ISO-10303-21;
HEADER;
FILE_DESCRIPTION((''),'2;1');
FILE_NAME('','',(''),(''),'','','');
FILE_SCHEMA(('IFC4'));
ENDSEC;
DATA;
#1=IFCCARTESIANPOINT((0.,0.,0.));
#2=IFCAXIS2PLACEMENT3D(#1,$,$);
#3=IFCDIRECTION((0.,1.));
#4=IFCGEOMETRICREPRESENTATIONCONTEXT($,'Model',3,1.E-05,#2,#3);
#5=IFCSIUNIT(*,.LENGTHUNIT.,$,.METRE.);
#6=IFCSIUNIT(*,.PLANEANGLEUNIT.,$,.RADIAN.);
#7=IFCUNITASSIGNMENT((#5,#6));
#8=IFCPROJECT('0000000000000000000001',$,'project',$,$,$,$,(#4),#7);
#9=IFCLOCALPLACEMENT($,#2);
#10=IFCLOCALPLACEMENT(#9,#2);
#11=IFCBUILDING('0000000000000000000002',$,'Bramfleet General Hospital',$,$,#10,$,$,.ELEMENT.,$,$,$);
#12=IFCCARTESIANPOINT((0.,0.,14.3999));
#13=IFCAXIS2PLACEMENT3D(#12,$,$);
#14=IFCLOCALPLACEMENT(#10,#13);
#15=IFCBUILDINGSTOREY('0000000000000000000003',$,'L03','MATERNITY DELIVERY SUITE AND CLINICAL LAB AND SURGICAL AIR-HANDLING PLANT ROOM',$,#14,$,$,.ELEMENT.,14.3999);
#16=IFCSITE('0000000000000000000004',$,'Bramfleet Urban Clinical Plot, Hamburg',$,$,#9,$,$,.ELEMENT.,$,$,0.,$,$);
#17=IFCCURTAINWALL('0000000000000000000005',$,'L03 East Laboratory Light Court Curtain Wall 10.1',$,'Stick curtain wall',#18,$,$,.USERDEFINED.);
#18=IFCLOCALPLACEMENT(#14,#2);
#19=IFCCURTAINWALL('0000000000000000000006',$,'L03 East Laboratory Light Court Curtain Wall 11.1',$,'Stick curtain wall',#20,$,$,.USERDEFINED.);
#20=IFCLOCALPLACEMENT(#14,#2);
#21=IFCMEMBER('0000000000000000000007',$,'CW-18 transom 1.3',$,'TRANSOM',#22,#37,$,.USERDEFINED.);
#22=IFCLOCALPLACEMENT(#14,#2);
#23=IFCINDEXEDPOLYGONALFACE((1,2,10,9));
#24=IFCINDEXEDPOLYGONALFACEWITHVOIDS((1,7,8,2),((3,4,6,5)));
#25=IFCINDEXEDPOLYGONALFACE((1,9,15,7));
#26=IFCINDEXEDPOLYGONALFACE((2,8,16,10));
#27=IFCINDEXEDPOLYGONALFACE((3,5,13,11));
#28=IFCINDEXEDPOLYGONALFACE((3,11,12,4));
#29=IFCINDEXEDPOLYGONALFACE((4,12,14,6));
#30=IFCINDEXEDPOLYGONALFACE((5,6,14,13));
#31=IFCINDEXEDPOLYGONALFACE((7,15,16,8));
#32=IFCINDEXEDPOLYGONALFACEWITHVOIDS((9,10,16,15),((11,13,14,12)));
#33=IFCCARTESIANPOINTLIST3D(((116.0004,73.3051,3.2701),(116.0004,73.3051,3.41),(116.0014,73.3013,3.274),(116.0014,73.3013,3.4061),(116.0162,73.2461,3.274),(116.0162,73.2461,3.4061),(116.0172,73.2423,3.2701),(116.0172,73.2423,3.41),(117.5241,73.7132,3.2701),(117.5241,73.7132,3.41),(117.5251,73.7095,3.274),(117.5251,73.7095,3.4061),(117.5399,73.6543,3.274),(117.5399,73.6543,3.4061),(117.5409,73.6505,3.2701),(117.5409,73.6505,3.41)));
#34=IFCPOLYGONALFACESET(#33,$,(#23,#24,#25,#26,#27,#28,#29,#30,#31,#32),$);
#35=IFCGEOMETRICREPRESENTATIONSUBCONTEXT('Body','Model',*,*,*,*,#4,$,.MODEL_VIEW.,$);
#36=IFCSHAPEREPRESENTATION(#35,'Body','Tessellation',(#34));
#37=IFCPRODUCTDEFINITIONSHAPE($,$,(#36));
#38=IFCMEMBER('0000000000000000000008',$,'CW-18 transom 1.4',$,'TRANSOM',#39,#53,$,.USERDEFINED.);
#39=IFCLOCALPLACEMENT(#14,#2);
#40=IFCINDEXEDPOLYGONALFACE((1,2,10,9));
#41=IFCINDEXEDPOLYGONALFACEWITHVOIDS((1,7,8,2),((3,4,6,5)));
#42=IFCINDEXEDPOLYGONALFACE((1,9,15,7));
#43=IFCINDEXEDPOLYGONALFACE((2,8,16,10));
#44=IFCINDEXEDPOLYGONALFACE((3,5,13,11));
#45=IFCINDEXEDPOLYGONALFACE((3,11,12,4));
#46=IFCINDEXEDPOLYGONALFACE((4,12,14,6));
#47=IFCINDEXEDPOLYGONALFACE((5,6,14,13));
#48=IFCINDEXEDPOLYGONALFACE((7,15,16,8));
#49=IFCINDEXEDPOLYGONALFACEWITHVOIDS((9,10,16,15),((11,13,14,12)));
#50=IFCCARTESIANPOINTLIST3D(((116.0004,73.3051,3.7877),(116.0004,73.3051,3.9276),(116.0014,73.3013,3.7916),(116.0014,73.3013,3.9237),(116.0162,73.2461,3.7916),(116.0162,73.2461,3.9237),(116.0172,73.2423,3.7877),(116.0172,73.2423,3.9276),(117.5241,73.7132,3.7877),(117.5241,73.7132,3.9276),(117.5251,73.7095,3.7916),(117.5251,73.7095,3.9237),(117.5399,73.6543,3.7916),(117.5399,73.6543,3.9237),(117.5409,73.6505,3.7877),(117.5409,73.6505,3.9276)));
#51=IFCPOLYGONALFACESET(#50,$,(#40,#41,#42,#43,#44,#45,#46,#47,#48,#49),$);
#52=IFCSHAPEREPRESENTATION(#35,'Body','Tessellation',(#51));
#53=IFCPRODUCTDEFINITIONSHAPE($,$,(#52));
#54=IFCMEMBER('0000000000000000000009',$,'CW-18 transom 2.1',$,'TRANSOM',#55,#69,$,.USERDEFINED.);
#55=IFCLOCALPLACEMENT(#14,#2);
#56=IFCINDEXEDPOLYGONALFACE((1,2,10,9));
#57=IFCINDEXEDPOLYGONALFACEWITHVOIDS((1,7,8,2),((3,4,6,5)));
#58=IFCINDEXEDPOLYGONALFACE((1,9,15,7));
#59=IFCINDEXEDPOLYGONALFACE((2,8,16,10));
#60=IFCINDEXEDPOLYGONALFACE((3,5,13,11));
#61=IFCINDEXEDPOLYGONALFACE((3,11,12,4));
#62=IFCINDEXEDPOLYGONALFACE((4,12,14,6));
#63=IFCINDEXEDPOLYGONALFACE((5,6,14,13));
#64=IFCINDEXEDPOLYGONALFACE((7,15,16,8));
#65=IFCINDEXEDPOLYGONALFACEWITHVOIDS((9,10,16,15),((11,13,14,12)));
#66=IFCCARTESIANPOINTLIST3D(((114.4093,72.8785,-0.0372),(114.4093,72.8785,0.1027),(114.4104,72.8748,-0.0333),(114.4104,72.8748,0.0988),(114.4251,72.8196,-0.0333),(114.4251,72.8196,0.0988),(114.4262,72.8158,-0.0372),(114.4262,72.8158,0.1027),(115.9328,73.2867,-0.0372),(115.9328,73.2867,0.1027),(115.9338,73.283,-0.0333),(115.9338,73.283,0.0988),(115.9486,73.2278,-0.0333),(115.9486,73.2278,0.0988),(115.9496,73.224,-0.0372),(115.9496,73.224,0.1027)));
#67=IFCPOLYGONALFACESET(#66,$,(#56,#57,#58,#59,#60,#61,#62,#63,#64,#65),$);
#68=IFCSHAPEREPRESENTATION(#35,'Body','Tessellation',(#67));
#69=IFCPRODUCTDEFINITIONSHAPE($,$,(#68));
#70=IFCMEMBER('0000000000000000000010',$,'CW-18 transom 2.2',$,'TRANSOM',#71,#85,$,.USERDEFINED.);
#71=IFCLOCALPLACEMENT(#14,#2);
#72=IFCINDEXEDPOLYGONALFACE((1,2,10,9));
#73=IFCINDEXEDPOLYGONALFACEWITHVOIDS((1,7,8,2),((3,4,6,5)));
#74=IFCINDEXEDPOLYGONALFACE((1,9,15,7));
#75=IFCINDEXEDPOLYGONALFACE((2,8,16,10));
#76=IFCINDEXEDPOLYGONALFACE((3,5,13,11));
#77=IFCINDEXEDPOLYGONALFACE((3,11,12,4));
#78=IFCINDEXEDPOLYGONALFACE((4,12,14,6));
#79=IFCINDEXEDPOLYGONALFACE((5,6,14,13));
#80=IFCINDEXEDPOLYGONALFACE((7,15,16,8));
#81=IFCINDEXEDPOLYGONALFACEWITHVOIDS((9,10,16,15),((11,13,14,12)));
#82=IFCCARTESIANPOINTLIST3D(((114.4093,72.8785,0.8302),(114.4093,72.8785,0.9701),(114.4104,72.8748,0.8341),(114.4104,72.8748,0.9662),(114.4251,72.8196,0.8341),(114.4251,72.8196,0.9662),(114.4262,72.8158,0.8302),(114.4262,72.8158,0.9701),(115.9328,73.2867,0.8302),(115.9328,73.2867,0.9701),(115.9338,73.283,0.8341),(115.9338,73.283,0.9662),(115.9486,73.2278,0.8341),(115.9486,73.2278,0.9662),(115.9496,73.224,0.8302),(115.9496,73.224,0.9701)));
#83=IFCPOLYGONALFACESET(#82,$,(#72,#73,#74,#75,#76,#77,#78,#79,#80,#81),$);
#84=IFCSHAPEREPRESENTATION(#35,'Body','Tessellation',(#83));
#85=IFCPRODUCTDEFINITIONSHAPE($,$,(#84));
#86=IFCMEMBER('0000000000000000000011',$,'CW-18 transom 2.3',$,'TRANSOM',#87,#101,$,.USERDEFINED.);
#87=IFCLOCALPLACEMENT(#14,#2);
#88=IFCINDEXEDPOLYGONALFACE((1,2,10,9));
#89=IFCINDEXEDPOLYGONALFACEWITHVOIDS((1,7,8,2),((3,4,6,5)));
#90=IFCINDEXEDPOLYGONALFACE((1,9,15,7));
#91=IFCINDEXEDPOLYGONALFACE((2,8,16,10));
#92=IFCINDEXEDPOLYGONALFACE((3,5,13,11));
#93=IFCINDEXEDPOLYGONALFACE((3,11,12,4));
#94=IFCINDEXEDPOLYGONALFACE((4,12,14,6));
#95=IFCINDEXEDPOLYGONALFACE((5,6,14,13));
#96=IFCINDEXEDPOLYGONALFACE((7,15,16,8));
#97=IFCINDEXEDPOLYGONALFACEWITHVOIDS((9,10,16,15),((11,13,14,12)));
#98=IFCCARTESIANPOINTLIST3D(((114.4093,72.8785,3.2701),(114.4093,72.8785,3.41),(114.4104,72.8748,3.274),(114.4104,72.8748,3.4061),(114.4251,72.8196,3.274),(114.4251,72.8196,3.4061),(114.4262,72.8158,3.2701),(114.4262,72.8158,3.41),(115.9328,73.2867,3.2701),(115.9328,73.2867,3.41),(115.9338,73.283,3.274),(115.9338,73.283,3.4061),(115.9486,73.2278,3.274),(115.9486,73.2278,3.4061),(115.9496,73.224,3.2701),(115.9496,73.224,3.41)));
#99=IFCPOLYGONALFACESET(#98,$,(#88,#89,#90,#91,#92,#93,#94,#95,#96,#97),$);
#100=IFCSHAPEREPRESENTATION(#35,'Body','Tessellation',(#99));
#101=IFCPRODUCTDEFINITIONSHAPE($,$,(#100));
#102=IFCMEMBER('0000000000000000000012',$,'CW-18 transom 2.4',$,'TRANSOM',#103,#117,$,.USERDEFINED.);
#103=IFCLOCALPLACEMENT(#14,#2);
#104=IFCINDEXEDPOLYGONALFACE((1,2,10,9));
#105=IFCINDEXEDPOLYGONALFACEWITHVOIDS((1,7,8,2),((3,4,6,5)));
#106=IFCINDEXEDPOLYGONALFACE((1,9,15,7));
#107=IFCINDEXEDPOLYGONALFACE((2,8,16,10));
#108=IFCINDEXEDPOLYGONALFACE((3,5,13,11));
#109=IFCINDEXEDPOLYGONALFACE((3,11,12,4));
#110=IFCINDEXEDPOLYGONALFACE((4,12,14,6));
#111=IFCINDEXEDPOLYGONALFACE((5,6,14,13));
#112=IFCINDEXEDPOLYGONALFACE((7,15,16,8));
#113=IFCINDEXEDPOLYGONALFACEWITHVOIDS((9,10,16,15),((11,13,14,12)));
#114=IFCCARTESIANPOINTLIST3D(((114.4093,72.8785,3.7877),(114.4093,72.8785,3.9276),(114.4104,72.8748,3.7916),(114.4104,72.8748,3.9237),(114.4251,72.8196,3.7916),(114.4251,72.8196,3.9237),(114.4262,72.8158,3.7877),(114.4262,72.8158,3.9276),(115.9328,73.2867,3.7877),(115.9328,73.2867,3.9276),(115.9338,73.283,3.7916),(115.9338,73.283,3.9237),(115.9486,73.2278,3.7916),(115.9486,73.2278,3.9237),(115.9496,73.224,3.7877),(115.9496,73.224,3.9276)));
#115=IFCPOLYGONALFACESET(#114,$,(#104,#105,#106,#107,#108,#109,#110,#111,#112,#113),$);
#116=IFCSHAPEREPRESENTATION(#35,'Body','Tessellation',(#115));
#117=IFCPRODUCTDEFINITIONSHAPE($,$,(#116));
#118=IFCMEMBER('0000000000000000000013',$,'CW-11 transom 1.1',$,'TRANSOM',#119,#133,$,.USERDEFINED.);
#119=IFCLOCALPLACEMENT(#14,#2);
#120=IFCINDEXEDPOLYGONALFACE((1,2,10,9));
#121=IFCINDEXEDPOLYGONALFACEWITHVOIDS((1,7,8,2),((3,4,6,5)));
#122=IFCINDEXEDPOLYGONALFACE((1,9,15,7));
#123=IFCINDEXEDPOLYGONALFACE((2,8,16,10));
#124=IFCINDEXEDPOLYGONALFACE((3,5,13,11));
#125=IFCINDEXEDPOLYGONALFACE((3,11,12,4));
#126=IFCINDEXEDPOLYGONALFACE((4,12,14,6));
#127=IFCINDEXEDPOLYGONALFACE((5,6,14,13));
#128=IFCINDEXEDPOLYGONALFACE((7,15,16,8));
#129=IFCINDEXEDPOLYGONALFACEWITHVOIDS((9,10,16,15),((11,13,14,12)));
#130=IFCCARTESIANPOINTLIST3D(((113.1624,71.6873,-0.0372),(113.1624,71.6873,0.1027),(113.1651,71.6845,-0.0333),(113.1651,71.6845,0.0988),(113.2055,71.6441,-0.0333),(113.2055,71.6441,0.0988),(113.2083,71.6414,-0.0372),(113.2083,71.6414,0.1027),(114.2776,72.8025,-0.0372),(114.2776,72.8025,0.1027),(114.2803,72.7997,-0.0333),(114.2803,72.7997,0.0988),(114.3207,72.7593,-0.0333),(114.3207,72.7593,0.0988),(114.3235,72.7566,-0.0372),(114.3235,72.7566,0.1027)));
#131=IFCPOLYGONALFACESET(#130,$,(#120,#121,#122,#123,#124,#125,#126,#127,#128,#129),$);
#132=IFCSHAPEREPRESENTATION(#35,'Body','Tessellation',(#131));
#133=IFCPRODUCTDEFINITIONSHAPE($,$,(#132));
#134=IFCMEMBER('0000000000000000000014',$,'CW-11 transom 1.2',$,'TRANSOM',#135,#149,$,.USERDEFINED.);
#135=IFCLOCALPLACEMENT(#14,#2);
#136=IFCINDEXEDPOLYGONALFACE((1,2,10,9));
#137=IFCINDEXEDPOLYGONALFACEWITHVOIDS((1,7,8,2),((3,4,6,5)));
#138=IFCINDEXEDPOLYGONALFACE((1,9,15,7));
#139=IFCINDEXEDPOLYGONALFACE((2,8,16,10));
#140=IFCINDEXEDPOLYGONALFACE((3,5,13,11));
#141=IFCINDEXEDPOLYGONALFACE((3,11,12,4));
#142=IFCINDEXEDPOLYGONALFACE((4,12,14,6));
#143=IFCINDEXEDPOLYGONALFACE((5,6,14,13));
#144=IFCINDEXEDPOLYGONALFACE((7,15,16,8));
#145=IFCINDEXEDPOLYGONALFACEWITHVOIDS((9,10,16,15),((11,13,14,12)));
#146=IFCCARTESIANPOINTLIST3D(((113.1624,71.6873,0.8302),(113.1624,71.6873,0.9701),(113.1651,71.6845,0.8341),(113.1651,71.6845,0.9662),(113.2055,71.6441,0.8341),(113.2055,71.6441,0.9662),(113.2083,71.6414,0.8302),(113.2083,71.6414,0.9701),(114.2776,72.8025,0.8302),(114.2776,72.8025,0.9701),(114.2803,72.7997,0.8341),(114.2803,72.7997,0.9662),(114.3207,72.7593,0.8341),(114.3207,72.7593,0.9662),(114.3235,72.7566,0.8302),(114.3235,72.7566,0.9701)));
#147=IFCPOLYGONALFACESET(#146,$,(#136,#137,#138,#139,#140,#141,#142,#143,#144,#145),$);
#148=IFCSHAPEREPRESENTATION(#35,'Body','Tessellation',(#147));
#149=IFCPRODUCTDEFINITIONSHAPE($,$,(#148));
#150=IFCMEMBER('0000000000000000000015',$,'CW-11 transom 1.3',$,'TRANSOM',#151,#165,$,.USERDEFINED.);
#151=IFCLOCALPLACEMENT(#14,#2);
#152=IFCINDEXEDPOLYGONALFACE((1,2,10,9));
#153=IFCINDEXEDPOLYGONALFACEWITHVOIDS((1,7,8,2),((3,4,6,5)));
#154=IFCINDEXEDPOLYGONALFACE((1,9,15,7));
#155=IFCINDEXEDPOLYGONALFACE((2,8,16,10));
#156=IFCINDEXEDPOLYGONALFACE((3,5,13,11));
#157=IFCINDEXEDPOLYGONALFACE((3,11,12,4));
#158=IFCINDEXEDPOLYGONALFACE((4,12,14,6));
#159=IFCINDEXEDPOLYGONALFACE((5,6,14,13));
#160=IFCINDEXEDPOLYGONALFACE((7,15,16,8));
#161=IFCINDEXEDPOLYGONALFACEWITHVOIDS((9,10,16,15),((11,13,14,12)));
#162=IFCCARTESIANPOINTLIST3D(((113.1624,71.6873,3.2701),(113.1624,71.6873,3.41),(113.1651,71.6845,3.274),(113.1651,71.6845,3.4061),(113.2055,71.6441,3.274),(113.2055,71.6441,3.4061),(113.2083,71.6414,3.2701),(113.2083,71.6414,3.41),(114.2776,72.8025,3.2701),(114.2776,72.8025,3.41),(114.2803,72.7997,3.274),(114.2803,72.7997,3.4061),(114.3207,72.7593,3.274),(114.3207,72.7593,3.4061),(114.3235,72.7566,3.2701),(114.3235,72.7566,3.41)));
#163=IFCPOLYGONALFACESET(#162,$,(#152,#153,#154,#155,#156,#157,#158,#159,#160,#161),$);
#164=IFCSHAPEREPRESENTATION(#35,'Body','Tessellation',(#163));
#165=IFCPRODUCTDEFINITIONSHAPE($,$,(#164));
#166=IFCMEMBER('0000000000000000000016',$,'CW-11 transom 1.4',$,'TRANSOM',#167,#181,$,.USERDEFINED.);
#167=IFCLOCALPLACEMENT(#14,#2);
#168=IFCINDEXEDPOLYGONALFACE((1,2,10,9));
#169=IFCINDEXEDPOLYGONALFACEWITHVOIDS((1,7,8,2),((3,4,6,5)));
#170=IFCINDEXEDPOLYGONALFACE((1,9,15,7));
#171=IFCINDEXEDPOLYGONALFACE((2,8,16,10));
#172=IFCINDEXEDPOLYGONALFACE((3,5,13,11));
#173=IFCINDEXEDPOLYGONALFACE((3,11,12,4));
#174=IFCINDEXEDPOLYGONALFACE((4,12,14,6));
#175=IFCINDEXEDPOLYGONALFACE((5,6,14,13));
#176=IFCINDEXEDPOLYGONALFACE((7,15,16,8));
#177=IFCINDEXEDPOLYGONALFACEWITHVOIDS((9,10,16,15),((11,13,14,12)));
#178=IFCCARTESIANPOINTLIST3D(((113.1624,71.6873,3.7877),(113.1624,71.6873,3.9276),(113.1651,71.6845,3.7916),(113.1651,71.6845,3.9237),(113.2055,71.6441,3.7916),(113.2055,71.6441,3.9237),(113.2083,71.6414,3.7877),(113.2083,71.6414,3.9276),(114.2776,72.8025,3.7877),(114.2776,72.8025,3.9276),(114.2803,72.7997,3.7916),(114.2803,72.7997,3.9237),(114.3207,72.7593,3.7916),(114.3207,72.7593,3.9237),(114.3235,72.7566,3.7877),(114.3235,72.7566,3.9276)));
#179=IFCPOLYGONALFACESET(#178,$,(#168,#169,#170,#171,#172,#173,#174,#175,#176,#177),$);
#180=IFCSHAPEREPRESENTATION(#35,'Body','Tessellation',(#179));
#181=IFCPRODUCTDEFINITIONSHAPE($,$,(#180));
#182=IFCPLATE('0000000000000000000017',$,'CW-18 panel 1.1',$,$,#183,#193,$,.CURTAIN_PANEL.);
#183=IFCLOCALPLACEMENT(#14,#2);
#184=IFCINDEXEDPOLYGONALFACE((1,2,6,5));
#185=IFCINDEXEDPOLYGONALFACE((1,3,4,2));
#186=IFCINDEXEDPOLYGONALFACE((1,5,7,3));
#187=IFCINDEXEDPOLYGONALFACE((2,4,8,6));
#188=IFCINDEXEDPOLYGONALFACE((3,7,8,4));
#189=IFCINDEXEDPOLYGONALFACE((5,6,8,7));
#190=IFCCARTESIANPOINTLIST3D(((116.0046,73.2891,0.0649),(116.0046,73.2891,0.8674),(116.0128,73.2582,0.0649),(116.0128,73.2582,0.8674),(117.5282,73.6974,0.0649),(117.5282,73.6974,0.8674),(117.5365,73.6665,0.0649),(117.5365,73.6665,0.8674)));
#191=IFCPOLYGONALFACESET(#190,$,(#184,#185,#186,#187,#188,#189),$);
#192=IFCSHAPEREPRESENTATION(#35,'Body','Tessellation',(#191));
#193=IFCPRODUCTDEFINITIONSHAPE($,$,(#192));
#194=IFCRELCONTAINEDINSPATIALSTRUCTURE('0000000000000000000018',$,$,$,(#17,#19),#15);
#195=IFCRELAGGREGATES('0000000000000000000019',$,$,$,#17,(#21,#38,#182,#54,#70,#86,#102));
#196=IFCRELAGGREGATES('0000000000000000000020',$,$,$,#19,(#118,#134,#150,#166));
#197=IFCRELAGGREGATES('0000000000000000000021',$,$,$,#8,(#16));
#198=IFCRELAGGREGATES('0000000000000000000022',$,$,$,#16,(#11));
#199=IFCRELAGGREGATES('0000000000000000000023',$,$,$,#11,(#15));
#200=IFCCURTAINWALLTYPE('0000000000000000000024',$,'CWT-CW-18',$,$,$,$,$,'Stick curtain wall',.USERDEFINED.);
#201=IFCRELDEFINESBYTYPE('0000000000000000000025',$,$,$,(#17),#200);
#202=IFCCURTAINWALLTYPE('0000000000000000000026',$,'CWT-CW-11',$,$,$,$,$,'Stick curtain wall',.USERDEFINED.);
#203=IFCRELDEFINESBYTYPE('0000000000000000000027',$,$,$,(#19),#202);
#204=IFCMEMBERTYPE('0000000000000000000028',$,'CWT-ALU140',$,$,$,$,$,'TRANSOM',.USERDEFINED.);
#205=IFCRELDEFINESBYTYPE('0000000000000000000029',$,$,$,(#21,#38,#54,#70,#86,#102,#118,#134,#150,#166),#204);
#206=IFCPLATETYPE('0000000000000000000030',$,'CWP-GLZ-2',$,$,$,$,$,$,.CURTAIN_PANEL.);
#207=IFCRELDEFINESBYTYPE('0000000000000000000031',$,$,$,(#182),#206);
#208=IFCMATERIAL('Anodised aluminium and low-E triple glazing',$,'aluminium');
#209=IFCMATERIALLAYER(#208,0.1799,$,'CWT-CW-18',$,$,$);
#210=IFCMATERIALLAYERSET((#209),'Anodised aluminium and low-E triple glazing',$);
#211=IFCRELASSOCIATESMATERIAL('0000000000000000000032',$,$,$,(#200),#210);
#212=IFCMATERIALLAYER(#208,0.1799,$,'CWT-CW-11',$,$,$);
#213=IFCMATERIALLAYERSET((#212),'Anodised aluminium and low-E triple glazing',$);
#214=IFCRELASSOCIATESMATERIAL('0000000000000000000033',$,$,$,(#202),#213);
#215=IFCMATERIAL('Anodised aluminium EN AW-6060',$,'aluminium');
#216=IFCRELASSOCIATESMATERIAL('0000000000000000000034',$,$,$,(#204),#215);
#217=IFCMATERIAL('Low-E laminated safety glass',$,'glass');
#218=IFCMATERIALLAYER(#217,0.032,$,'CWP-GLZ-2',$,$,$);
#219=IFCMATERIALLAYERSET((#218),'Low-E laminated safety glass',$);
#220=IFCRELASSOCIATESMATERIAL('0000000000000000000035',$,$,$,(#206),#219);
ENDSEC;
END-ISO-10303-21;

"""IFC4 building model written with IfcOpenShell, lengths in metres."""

from ifc_helpers import new_model, si_unit, direction, frame, origin, origin_2d, place, context, subcontext, project, spatial, rectangle, hollow_rectangle, extrude, material, layer, layer_set, material_profile, profile_set, type_object, element, aggregate, save


model = new_model("IFC4")

# Units and contexts
model_context = context("Model", 3, precision=1e-05, world=origin(), true_north=direction((0.0, 1.0)))
body_context = subcontext(model_context, "Body", "Model", "MODEL_VIEW")
ifc_project = project(units=[si_unit("LENGTHUNIT", "METRE"), si_unit("PLANEANGLEUNIT", "RADIAN")], contexts=[model_context])

# Site, building, storey
site_placement = place(None, origin())
site = spatial("IfcSite", under=ifc_project, at=site_placement, Name="Bramfleet Urban Clinical Plot, Hamburg", CompositionType="ELEMENT", RefElevation=0.0)
building_placement = place(site_placement, origin())
building = spatial("IfcBuilding", under=site, at=building_placement, Name="Bramfleet General Hospital", CompositionType="ELEMENT")
storey_placement = place(building_placement, frame((0.0, 0.0, 14.3999)))
storey = spatial("IfcBuildingStorey", under=building, at=storey_placement, Name="L03", Description="MATERNITY DELIVERY SUITE AND CLINICAL LAB AND SURGICAL AIR-HANDLING PLANT ROOM", CompositionType="ELEMENT", Elevation=14.3999)

# Curtain walls
ifc_material_1 = material(Name="Anodised aluminium and low-E triple glazing", Category="aluminium")
ifc_layer_1 = layer(ifc_material_1, 0.1799, Name="CWT-CW-18")
ifc_layer_set_1 = layer_set([ifc_layer_1], Name="Anodised aluminium and low-E triple glazing")
curtain_wall_type_1 = type_object("IfcCurtainWallType", Name="CWT-CW-18", ElementType="Stick curtain wall", PredefinedType="USERDEFINED", material=ifc_layer_set_1)
curtain_wall_1_placement = place(storey_placement, origin())
curtain_wall_1 = element("IfcCurtainWall", 1, at=curtain_wall_1_placement, inside=storey, type_object=curtain_wall_type_1, Name="L03 East Laboratory Light Court Curtain Wall 10.1", ObjectType="Stick curtain wall", PredefinedType="USERDEFINED")
ifc_material_2 = material(Name="Anodised aluminium EN AW-6060", Category="aluminium")
ifc_layer_2 = layer(ifc_material_1, 0.1799, Name="CWT-CW-11")
ifc_layer_set_2 = layer_set([ifc_layer_2], Name="Anodised aluminium and low-E triple glazing")
curtain_wall_type_2 = type_object("IfcCurtainWallType", Name="CWT-CW-11", ElementType="Stick curtain wall", PredefinedType="USERDEFINED", material=ifc_layer_set_2)
curtain_wall_2_placement = place(storey_placement, origin())
curtain_wall_2 = element("IfcCurtainWall", 2, at=curtain_wall_2_placement, inside=storey, type_object=curtain_wall_type_2, Name="L03 East Laboratory Light Court Curtain Wall 11.1", ObjectType="Stick curtain wall", PredefinedType="USERDEFINED")

# Members
ifc_material_profile_1 = material_profile(ifc_material_2, hollow_rectangle(XDim=0.0649, YDim=0.1399, WallThickness=0.0039, at=origin_2d()), Name="ALU 140x65x4.0")
ifc_profile_set_1 = profile_set([ifc_material_profile_1], Name="Anodised aluminium EN AW-6060")
member_type_1 = type_object("IfcMemberType", Name="CWT-ALU140", ElementType="TRANSOM", PredefinedType="USERDEFINED", material=ifc_profile_set_1)
member_1_placement = place(storey_placement, frame((117.5325, 73.6819, 3.3401), z_axis=(-0.965936, -0.25878, 0.0), x_axis=(0.25878, -0.965936, 0.0)))
member_1 = element("IfcMember", 3, at=member_1_placement, type_object=member_type_1, Name="CW-18 transom 1.3", ObjectType="TRANSOM", PredefinedType="USERDEFINED", context=body_context, shape_type="SweptSolid", body=[
    extrude(hollow_rectangle(XDim=0.0649, YDim=0.1399, WallThickness=0.0039, at=origin_2d()), origin(), (0.0, 0.0, 1.0), 1.5774),
])
member_2_placement = place(storey_placement, frame((117.5325, 73.6819, 3.8577), z_axis=(-0.965936, -0.25878, 0.0), x_axis=(0.25878, -0.965936, 0.0)))
member_2 = element("IfcMember", 4, at=member_2_placement, type_object=member_type_1, Name="CW-18 transom 1.4", ObjectType="TRANSOM", PredefinedType="USERDEFINED", context=body_context, shape_type="SweptSolid", body=[
    extrude(hollow_rectangle(XDim=0.0649, YDim=0.1399, WallThickness=0.0039, at=origin_2d()), origin(), (0.0, 0.0, 1.0), 1.5774),
])
member_3_placement = place(storey_placement, frame((115.9412, 73.2554, 0.0327), z_axis=(-0.965926, -0.258819, 0.0), x_axis=(0.258819, -0.965926, 0.0)))
member_3 = element("IfcMember", 5, at=member_3_placement, type_object=member_type_1, Name="CW-18 transom 2.1", ObjectType="TRANSOM", PredefinedType="USERDEFINED", context=body_context, shape_type="SweptSolid", body=[
    extrude(hollow_rectangle(XDim=0.0649, YDim=0.1399, WallThickness=0.0039, at=origin_2d()), origin(), (0.0, 0.0, 1.0), 1.5771),
])
member_4_placement = place(storey_placement, frame((115.9412, 73.2554, 0.9001), z_axis=(-0.965926, -0.258819, 0.0), x_axis=(0.258819, -0.965926, 0.0)))
member_4 = element("IfcMember", 6, at=member_4_placement, type_object=member_type_1, Name="CW-18 transom 2.2", ObjectType="TRANSOM", PredefinedType="USERDEFINED", context=body_context, shape_type="SweptSolid", body=[
    extrude(hollow_rectangle(XDim=0.0649, YDim=0.1399, WallThickness=0.0039, at=origin_2d()), origin(), (0.0, 0.0, 1.0), 1.5771),
])
member_5_placement = place(storey_placement, frame((115.9412, 73.2554, 3.3401), z_axis=(-0.965926, -0.258819, 0.0), x_axis=(0.258819, -0.965926, 0.0)))
member_5 = element("IfcMember", 7, at=member_5_placement, type_object=member_type_1, Name="CW-18 transom 2.3", ObjectType="TRANSOM", PredefinedType="USERDEFINED", context=body_context, shape_type="SweptSolid", body=[
    extrude(hollow_rectangle(XDim=0.0649, YDim=0.1399, WallThickness=0.0039, at=origin_2d()), origin(), (0.0, 0.0, 1.0), 1.5771),
])
member_6_placement = place(storey_placement, frame((115.9412, 73.2554, 3.8577), z_axis=(-0.965926, -0.258819, 0.0), x_axis=(0.258819, -0.965926, 0.0)))
member_6 = element("IfcMember", 8, at=member_6_placement, type_object=member_type_1, Name="CW-18 transom 2.4", ObjectType="TRANSOM", PredefinedType="USERDEFINED", context=body_context, shape_type="SweptSolid", body=[
    extrude(hollow_rectangle(XDim=0.0649, YDim=0.1399, WallThickness=0.0039, at=origin_2d()), origin(), (0.0, 0.0, 1.0), 1.5771),
])
member_7_placement = place(storey_placement, frame((114.3005, 72.7795, 0.0327), z_axis=(-0.707107, -0.707107, 0.0), x_axis=(0.707107, -0.707107, 0.0)))
member_7 = element("IfcMember", 9, at=member_7_placement, type_object=member_type_1, Name="CW-11 transom 1.1", ObjectType="TRANSOM", PredefinedType="USERDEFINED", context=body_context, shape_type="SweptSolid", body=[
    extrude(hollow_rectangle(XDim=0.0649, YDim=0.1399, WallThickness=0.0039, at=origin_2d()), origin(), (0.0, 0.0, 1.0), 1.5771),
])
member_8_placement = place(storey_placement, frame((114.3005, 72.7795, 0.9001), z_axis=(-0.707107, -0.707107, 0.0), x_axis=(0.707107, -0.707107, 0.0)))
member_8 = element("IfcMember", 10, at=member_8_placement, type_object=member_type_1, Name="CW-11 transom 1.2", ObjectType="TRANSOM", PredefinedType="USERDEFINED", context=body_context, shape_type="SweptSolid", body=[
    extrude(hollow_rectangle(XDim=0.0649, YDim=0.1399, WallThickness=0.0039, at=origin_2d()), origin(), (0.0, 0.0, 1.0), 1.5771),
])
member_9_placement = place(storey_placement, frame((114.3005, 72.7795, 3.3401), z_axis=(-0.707107, -0.707107, 0.0), x_axis=(0.707107, -0.707107, 0.0)))
member_9 = element("IfcMember", 11, at=member_9_placement, type_object=member_type_1, Name="CW-11 transom 1.3", ObjectType="TRANSOM", PredefinedType="USERDEFINED", context=body_context, shape_type="SweptSolid", body=[
    extrude(hollow_rectangle(XDim=0.0649, YDim=0.1399, WallThickness=0.0039, at=origin_2d()), origin(), (0.0, 0.0, 1.0), 1.5771),
])
member_10_placement = place(storey_placement, frame((114.3005, 72.7795, 3.8577), z_axis=(-0.707107, -0.707107, 0.0), x_axis=(0.707107, -0.707107, 0.0)))
member_10 = element("IfcMember", 12, at=member_10_placement, type_object=member_type_1, Name="CW-11 transom 1.4", ObjectType="TRANSOM", PredefinedType="USERDEFINED", context=body_context, shape_type="SweptSolid", body=[
    extrude(hollow_rectangle(XDim=0.0649, YDim=0.1399, WallThickness=0.0039, at=origin_2d()), origin(), (0.0, 0.0, 1.0), 1.5771),
])

# Plate
ifc_material_3 = material(Name="Low-E laminated safety glass", Category="glass")
ifc_layer_3 = layer(ifc_material_3, 0.032, Name="CWP-GLZ-2")
ifc_layer_set_3 = layer_set([ifc_layer_3], Name="Low-E laminated safety glass")
plate_type = type_object("IfcPlateType", Name="CWP-GLZ-2", PredefinedType="CURTAIN_PANEL", material=ifc_layer_set_3)
plate_1_placement = place(storey_placement, frame((116.7705, 73.4778, 0.0649), z_axis=(0.0, 0.0, 1.0), x_axis=(-0.965914, -0.258865, 0.0)))
plate_1 = element("IfcPlate", 13, at=plate_1_placement, type_object=plate_type, Name="CW-18 panel 1.1", PredefinedType="CURTAIN_PANEL", context=body_context, shape_type="SweptSolid", body=[
    extrude(rectangle(XDim=1.5774, YDim=0.032, at=origin_2d()), origin(), (0.0, 0.0, 1.0), 0.8025),
])
aggregate(curtain_wall_1, [member_1, member_2, plate_1, member_3, member_4, member_5, member_6])
aggregate(curtain_wall_2, [member_7, member_8, member_9, member_10])

save(model, "model.ifc")
